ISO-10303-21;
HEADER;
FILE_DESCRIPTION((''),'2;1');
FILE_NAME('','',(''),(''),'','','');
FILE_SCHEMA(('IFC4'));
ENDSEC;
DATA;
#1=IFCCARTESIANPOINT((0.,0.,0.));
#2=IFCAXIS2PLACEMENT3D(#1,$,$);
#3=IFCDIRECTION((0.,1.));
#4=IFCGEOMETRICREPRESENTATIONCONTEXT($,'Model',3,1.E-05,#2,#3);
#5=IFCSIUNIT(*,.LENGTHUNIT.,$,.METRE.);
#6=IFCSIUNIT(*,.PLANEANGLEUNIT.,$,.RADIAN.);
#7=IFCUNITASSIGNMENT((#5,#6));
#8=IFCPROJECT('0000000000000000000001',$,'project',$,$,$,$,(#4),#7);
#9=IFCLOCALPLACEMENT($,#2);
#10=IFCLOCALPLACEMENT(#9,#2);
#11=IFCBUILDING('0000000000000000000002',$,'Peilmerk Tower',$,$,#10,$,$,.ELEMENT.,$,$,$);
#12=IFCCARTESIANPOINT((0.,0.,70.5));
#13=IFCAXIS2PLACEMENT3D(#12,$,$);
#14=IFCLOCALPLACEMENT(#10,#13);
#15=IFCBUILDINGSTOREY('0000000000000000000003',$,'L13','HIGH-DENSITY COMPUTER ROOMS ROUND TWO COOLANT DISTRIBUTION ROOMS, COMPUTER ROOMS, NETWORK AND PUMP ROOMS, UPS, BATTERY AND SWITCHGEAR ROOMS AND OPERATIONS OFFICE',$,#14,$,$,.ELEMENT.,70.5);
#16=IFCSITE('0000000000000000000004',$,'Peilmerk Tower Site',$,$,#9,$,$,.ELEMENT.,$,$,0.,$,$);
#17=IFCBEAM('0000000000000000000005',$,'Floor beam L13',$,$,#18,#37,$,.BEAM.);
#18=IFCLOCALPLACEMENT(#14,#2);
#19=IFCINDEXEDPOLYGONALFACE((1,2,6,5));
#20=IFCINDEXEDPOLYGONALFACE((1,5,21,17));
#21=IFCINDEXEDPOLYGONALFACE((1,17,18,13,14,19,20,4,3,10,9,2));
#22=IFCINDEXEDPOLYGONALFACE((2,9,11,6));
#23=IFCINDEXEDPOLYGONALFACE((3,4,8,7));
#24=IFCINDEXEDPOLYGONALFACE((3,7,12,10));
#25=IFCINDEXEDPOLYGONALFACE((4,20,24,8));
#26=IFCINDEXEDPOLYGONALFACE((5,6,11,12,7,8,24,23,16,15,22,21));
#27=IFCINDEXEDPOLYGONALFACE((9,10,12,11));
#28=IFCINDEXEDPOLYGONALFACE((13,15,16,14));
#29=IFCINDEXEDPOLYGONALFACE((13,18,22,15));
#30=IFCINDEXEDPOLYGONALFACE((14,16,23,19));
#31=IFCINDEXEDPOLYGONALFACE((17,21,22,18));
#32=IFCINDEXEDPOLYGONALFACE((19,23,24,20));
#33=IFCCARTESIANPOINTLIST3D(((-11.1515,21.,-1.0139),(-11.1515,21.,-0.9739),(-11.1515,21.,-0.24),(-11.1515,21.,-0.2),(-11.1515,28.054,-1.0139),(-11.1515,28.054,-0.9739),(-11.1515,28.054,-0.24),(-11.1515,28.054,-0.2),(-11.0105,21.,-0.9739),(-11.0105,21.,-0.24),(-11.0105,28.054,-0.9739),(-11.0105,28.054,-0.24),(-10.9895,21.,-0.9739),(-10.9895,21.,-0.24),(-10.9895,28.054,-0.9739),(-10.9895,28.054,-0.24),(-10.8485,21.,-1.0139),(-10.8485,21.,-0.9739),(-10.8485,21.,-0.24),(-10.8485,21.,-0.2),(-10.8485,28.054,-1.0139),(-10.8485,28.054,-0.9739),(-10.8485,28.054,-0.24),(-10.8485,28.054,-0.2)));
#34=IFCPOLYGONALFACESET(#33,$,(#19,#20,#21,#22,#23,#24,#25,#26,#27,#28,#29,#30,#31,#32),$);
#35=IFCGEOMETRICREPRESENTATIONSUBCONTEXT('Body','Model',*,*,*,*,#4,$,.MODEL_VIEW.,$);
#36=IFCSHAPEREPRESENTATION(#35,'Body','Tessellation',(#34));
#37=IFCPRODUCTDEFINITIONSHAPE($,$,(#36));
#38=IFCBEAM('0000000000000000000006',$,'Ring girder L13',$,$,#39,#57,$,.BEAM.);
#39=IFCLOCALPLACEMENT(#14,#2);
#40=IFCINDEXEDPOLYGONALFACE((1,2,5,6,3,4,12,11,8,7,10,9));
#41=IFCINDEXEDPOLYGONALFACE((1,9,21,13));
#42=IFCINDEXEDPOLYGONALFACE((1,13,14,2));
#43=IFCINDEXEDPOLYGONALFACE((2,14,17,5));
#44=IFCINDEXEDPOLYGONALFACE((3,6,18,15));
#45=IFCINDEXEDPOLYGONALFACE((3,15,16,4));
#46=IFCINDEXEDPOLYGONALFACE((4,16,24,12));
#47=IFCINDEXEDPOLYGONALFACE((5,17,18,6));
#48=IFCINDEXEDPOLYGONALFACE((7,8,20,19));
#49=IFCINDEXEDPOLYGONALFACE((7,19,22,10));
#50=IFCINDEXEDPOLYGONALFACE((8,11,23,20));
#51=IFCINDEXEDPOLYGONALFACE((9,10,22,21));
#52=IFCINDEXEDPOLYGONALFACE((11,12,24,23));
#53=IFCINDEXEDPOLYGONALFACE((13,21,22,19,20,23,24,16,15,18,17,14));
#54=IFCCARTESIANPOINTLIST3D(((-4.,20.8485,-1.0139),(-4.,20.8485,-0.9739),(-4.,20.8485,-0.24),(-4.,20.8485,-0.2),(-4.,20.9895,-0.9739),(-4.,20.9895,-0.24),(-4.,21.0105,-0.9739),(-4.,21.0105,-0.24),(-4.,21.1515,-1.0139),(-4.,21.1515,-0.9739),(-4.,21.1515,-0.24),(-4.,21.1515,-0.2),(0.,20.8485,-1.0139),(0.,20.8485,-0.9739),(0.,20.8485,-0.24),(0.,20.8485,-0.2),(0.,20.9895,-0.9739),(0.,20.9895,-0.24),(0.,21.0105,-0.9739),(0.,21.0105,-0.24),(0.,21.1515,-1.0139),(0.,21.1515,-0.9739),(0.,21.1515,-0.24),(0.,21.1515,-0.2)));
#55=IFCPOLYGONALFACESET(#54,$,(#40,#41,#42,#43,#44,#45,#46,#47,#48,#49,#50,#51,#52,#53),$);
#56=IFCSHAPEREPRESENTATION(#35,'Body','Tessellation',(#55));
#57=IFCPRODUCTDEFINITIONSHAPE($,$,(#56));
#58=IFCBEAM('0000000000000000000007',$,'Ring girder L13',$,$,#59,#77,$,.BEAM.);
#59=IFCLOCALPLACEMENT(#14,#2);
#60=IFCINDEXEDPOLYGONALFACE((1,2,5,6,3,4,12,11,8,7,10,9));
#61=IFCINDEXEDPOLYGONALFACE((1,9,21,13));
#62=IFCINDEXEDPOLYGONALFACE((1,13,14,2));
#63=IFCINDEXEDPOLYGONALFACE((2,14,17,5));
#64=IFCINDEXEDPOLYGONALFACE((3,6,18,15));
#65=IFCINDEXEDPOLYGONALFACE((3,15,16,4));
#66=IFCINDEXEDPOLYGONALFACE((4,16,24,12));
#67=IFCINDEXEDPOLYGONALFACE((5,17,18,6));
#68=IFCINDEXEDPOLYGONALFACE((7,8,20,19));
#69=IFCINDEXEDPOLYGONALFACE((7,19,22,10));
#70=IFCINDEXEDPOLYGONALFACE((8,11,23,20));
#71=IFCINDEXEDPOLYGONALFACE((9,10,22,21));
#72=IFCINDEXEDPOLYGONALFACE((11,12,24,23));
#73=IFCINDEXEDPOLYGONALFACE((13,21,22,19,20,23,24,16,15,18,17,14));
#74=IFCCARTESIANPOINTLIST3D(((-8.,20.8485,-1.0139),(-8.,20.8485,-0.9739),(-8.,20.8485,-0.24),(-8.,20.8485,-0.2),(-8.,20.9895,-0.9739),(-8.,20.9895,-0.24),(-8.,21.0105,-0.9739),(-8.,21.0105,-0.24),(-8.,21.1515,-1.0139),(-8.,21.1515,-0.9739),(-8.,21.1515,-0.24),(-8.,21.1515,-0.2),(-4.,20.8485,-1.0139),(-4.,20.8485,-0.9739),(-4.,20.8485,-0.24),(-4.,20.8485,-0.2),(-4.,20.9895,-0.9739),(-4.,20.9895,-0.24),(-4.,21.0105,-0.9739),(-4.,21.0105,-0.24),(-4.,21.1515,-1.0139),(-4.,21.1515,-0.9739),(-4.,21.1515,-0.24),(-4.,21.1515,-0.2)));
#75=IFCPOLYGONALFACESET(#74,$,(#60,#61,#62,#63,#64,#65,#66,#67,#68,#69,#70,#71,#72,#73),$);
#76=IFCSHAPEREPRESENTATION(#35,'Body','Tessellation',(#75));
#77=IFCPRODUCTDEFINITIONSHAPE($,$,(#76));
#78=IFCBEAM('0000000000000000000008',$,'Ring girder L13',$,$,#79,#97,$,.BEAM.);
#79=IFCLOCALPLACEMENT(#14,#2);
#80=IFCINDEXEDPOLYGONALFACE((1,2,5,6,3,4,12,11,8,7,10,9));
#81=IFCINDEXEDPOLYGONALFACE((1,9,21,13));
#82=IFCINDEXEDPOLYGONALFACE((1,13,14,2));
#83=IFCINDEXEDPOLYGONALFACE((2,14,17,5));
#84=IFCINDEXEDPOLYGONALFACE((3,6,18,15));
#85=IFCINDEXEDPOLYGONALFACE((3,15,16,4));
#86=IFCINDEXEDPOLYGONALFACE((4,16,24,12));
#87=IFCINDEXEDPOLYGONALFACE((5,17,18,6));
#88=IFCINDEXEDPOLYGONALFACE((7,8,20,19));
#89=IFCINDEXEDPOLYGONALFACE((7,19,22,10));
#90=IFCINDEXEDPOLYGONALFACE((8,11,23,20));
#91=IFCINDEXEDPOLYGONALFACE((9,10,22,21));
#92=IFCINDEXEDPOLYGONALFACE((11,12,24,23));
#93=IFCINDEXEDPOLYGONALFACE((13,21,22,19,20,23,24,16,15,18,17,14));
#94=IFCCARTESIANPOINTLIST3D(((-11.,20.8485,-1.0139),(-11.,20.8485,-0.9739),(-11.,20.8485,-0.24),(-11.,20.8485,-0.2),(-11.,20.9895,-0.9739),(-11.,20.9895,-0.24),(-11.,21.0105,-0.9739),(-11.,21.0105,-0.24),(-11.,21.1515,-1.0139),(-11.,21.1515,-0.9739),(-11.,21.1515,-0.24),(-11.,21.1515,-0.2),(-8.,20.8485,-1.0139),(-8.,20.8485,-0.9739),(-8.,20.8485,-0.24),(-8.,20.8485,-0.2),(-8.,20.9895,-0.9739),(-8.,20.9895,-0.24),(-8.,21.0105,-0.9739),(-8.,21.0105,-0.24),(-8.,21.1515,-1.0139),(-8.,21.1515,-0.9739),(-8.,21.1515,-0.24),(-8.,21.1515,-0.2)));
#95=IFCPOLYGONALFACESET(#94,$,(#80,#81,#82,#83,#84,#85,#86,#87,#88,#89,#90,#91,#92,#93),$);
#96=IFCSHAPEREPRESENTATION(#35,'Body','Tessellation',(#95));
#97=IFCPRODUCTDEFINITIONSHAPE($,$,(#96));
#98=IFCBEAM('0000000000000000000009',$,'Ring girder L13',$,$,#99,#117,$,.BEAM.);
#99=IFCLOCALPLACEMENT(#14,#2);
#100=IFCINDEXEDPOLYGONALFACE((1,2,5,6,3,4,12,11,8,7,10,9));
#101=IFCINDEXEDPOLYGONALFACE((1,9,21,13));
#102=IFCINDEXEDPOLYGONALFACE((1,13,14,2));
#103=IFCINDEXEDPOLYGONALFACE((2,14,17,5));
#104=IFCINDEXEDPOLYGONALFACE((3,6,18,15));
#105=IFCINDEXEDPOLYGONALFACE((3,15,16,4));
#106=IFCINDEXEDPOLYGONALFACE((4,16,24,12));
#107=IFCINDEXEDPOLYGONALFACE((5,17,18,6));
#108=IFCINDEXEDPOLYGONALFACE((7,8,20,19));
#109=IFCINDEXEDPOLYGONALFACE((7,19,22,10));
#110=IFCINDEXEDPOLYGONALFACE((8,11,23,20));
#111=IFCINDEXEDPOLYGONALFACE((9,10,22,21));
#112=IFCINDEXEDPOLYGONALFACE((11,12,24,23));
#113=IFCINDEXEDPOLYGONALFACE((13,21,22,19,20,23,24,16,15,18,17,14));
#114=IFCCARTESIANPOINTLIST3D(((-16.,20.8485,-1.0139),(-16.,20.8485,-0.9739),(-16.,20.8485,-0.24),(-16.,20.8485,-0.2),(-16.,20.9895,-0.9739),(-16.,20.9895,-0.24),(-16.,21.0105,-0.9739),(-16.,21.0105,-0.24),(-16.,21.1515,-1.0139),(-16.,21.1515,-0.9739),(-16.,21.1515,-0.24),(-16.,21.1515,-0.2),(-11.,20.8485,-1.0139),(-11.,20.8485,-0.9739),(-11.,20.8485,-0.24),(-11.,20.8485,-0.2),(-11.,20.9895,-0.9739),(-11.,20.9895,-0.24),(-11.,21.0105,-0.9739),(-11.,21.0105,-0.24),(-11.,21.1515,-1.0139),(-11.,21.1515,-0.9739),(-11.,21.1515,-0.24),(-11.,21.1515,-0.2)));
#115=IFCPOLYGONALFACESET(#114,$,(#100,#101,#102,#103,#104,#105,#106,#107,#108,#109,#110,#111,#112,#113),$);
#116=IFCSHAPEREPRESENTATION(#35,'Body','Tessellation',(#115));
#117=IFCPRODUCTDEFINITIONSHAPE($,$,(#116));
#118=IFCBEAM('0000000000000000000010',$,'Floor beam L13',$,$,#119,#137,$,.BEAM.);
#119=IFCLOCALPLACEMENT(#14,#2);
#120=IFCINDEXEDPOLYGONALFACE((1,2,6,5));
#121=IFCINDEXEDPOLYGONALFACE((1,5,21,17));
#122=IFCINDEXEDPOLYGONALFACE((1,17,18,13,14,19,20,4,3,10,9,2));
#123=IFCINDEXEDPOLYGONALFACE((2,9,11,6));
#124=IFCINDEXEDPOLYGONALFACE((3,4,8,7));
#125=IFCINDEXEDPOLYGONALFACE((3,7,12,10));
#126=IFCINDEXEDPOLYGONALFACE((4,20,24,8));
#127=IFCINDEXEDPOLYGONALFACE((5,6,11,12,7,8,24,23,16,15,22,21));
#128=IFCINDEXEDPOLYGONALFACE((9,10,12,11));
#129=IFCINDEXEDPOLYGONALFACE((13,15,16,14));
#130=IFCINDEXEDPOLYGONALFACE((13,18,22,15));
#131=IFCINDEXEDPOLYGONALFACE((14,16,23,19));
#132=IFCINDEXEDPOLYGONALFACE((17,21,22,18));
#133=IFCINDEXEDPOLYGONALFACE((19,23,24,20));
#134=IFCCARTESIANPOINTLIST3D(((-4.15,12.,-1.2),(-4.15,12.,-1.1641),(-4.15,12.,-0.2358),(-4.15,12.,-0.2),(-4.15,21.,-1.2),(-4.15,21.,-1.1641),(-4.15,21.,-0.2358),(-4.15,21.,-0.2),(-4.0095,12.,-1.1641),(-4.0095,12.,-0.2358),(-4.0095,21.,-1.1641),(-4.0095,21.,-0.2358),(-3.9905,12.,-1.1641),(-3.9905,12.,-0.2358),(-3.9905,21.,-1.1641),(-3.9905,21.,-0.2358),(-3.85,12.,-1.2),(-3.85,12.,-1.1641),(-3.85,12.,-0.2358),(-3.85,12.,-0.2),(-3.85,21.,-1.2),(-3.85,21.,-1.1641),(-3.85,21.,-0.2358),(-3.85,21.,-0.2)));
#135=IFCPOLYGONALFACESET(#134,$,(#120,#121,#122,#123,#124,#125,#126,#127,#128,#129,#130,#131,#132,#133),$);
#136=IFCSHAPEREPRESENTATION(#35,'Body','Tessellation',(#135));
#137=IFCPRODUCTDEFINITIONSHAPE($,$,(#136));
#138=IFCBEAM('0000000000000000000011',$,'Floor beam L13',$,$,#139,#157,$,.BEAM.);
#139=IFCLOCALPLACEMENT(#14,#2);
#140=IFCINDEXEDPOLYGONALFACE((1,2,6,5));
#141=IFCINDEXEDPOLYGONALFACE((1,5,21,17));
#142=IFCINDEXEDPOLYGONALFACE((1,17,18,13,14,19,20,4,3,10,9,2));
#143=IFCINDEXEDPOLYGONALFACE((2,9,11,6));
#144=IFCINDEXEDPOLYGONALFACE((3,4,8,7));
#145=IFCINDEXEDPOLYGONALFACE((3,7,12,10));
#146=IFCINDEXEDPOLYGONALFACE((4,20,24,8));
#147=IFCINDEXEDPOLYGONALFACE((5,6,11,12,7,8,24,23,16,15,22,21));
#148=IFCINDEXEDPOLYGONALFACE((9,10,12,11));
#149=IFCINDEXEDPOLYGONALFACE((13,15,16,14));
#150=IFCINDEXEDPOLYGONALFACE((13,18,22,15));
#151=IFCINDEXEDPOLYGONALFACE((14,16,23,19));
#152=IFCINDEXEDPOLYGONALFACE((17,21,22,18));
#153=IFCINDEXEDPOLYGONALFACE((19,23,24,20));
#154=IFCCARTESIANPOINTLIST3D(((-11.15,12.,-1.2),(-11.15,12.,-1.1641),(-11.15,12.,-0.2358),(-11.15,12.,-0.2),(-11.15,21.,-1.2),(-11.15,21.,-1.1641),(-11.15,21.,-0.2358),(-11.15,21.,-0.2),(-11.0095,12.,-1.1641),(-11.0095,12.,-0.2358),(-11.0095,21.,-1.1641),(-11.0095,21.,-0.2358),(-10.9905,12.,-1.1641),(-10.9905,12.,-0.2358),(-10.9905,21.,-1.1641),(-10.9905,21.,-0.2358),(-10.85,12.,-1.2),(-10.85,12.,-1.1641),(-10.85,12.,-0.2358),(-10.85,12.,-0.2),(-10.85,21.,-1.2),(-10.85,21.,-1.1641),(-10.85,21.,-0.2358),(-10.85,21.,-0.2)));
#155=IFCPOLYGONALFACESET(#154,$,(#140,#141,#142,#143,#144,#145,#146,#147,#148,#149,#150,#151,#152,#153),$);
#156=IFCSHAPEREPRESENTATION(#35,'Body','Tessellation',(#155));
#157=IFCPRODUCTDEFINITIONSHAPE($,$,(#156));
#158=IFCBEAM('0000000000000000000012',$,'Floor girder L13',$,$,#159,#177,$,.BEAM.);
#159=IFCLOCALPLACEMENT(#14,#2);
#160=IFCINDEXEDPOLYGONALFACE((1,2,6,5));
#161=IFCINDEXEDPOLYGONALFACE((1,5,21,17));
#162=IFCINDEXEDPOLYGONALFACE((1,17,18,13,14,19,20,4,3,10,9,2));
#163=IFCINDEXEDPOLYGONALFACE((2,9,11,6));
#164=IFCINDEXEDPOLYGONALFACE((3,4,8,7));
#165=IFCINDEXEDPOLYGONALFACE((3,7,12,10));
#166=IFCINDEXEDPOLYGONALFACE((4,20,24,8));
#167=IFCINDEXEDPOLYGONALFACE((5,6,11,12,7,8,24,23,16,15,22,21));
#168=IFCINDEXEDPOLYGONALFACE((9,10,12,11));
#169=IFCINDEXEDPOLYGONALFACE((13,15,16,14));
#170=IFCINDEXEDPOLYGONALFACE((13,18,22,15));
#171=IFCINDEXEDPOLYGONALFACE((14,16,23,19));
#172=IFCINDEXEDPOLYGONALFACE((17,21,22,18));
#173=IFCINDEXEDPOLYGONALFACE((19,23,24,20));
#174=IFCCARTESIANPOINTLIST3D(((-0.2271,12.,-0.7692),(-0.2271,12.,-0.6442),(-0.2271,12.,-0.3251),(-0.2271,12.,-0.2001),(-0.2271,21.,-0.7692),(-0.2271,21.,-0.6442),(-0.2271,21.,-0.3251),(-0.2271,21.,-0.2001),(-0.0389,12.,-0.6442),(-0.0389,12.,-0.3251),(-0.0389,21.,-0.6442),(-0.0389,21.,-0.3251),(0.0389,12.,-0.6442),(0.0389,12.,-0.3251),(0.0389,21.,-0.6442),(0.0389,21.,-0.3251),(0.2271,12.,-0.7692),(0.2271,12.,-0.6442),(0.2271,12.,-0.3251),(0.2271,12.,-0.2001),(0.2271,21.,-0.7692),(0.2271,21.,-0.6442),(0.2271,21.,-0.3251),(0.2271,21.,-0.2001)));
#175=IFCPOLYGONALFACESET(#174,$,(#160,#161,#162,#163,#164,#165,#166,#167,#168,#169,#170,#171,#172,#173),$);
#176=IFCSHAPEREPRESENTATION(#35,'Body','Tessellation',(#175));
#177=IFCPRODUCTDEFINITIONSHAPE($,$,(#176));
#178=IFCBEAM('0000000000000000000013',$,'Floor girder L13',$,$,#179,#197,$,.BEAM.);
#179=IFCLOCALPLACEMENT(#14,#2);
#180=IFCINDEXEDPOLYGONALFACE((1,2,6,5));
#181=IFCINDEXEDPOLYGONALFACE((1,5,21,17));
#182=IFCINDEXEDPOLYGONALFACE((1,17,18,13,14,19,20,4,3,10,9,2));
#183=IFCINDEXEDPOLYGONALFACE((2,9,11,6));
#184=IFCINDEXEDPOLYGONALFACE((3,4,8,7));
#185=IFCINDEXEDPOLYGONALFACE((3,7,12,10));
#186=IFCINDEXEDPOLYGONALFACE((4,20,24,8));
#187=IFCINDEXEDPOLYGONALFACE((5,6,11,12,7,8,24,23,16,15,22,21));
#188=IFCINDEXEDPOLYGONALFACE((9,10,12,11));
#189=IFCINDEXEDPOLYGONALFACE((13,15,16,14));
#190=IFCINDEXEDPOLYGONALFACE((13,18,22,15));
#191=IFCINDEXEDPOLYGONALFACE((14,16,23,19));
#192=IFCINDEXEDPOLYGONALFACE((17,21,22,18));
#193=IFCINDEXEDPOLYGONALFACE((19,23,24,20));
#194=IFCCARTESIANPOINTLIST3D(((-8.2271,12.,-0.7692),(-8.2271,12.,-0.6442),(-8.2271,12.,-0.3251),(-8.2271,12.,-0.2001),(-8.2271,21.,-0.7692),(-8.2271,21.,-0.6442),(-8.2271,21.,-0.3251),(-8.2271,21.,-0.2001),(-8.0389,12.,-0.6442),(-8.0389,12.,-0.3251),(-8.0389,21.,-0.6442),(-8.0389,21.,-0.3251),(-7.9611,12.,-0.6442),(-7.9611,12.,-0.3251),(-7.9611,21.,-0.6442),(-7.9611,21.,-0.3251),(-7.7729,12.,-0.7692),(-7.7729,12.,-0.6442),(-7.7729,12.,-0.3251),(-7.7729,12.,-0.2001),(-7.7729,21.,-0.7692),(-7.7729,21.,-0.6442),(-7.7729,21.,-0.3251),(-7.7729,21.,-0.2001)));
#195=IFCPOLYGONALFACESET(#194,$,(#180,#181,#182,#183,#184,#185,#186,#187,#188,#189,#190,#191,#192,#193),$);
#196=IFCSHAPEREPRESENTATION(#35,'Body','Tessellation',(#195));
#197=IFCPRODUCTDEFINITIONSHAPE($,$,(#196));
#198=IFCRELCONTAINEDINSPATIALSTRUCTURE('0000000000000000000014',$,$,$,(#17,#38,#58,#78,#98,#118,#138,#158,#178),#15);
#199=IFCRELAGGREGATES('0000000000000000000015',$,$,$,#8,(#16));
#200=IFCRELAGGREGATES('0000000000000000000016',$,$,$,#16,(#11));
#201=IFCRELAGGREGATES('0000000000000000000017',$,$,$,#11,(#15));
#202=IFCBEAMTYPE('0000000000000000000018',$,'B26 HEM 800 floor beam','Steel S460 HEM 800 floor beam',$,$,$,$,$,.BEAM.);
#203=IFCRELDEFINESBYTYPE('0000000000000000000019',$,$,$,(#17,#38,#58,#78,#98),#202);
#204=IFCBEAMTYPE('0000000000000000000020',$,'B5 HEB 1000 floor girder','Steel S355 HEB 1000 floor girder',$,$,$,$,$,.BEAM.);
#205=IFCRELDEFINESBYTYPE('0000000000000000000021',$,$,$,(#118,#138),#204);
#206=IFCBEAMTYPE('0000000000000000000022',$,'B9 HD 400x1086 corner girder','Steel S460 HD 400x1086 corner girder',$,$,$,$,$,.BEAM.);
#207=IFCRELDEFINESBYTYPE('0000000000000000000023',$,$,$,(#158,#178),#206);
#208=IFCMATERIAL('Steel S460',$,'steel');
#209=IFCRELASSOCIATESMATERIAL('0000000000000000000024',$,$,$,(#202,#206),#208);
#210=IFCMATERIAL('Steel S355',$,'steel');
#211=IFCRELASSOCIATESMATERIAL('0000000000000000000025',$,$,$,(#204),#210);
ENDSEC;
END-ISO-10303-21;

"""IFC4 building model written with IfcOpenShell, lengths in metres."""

from ifc_helpers import new_model, si_unit, direction, frame, origin, origin_2d, place, context, subcontext, project, spatial, i_section, extrude, material, material_profile, profile_set, type_object, element, save


model = new_model("IFC4")

# Units and contexts
model_context = context("Model", 3, precision=1e-05, world=origin(), true_north=direction((0.0, 1.0)))
body_context = subcontext(model_context, "Body", "Model", "MODEL_VIEW")
ifc_project = project(units=[si_unit("LENGTHUNIT", "METRE"), si_unit("PLANEANGLEUNIT", "RADIAN")], contexts=[model_context])

# Site, building, storey
site_placement = place(None, origin())
site = spatial("IfcSite", under=ifc_project, at=site_placement, Name="Peilmerk Tower Site", CompositionType="ELEMENT", RefElevation=0.0)
building_placement = place(site_placement, origin())
building = spatial("IfcBuilding", under=site, at=building_placement, Name="Peilmerk Tower", CompositionType="ELEMENT")
storey_placement = place(building_placement, frame((0.0, 0.0, 70.5)))
storey = spatial("IfcBuildingStorey", under=building, at=storey_placement, Name="L13", Description="HIGH-DENSITY COMPUTER ROOMS ROUND TWO COOLANT DISTRIBUTION ROOMS, COMPUTER ROOMS, NETWORK AND PUMP ROOMS, UPS, BATTERY AND SWITCHGEAR ROOMS AND OPERATIONS OFFICE", CompositionType="ELEMENT", Elevation=70.5)

# Beams
ifc_material_1 = material(Name="Steel S355", Category="steel")
ifc_material_2 = material(Name="Steel S460", Category="steel")
ifc_material_profile_1 = material_profile(ifc_material_2, i_section(OverallWidth=0.303, OverallDepth=0.814, WebThickness=0.021, FlangeThickness=0.04, at=origin_2d()), Name="HEM 800")
ifc_profile_set_1 = profile_set([ifc_material_profile_1], Name="Steel S460")
beam_type_1 = type_object("IfcBeamType", Name="B26 HEM 800 floor beam", Description="Steel S460 HEM 800 floor beam", PredefinedType="BEAM", material=ifc_profile_set_1)
for number, where, z_axis, x_axis, name in (
    (1, (-11.0, 21.0, -0.6069), (0.0, 1.0, 0.0), (-1.0, 0.0, 0.0), "Floor beam L13"),
):
    element("IfcBeam", number, at=place(storey_placement, frame(where, z_axis=z_axis, x_axis=x_axis)), inside=storey, type_object=beam_type_1, Name=name, PredefinedType="BEAM", context=body_context, shape_type="SweptSolid", body=[
        extrude(i_section(OverallWidth=0.303, OverallDepth=0.814, WebThickness=0.021, FlangeThickness=0.04, at=origin_2d()), origin(), (0.0, 0.0, 1.0), 7.054),
    ])
for number, where, z_axis, x_axis, name in (
    (2, (0.0, 21.0, -0.6069), (-1.0, 0.0, 0.0), (0.0, -1.0, 0.0), "Ring girder L13"),
    (3, (-4.0, 21.0, -0.6069), (-1.0, 0.0, 0.0), (0.0, -1.0, 0.0), "Ring girder L13"),
):
    element("IfcBeam", number, at=place(storey_placement, frame(where, z_axis=z_axis, x_axis=x_axis)), inside=storey, type_object=beam_type_1, Name=name, PredefinedType="BEAM", context=body_context, shape_type="SweptSolid", body=[
        extrude(i_section(OverallWidth=0.303, OverallDepth=0.814, WebThickness=0.021, FlangeThickness=0.04, at=origin_2d()), origin(), (0.0, 0.0, 1.0), 4.0),
    ])
beam_1_placement = place(storey_placement, frame((-8.0, 21.0, -0.6069), z_axis=(-1.0, 0.0, 0.0), x_axis=(0.0, -1.0, 0.0)))
element("IfcBeam", 4, at=beam_1_placement, inside=storey, type_object=beam_type_1, Name="Ring girder L13", PredefinedType="BEAM", context=body_context, shape_type="SweptSolid", body=[
    extrude(i_section(OverallWidth=0.303, OverallDepth=0.814, WebThickness=0.021, FlangeThickness=0.04, at=origin_2d()), origin(), (0.0, 0.0, 1.0), 3.0),
])
beam_2_placement = place(storey_placement, frame((-11.0, 21.0, -0.6069), z_axis=(-1.0, 0.0, 0.0), x_axis=(0.0, -1.0, 0.0)))
element("IfcBeam", 5, at=beam_2_placement, inside=storey, type_object=beam_type_1, Name="Ring girder L13", PredefinedType="BEAM", context=body_context, shape_type="SweptSolid", body=[
    extrude(i_section(OverallWidth=0.303, OverallDepth=0.814, WebThickness=0.021, FlangeThickness=0.04, at=origin_2d()), origin(), (0.0, 0.0, 1.0), 5.0),
])
ifc_material_profile_2 = material_profile(ifc_material_1, i_section(OverallWidth=0.3, OverallDepth=1.0, WebThickness=0.019, FlangeThickness=0.0359, at=origin_2d()), Name="HEB 1000")
ifc_profile_set_2 = profile_set([ifc_material_profile_2], Name="Steel S355")
beam_type_2 = type_object("IfcBeamType", Name="B5 HEB 1000 floor girder", Description="Steel S355 HEB 1000 floor girder", PredefinedType="BEAM", material=ifc_profile_set_2)
for number, where, z_axis, x_axis, name in (
    (6, (-4.0, 12.0, -0.7), (0.0, 1.0, 0.0), (-1.0, 0.0, 0.0), "Floor beam L13"),
    (7, (-11.0, 12.0, -0.7), (0.0, 1.0, 0.0), (-1.0, 0.0, 0.0), "Floor beam L13"),
):
    element("IfcBeam", number, at=place(storey_placement, frame(where, z_axis=z_axis, x_axis=x_axis)), inside=storey, type_object=beam_type_2, Name=name, PredefinedType="BEAM", context=body_context, shape_type="SweptSolid", body=[
        extrude(i_section(OverallWidth=0.3, OverallDepth=1.0, WebThickness=0.019, FlangeThickness=0.0359, at=origin_2d()), origin(), (0.0, 0.0, 1.0), 9.0),
    ])
ifc_material_profile_3 = material_profile(ifc_material_2, i_section(OverallWidth=0.4541, OverallDepth=0.5691, WebThickness=0.0779, FlangeThickness=0.125, at=origin_2d()), Name="HD 400x1086")
ifc_profile_set_3 = profile_set([ifc_material_profile_3], Name="Steel S460")
beam_type_3 = type_object("IfcBeamType", Name="B9 HD 400x1086 corner girder", Description="Steel S460 HD 400x1086 corner girder", PredefinedType="BEAM", material=ifc_profile_set_3)
for number, where, z_axis, x_axis, name in (
    (8, (0.0, 12.0, -0.4846), (0.0, 1.0, 0.0), (-1.0, 0.0, 0.0), "Floor girder L13"),
    (9, (-8.0, 12.0, -0.4846), (0.0, 1.0, 0.0), (-1.0, 0.0, 0.0), "Floor girder L13"),
):
    element("IfcBeam", number, at=place(storey_placement, frame(where, z_axis=z_axis, x_axis=x_axis)), inside=storey, type_object=beam_type_3, Name=name, PredefinedType="BEAM", context=body_context, shape_type="SweptSolid", body=[
        extrude(i_section(OverallWidth=0.4541, OverallDepth=0.5691, WebThickness=0.0779, FlangeThickness=0.125, at=origin_2d()), origin(), (0.0, 0.0, 1.0), 9.0),
    ])

save(model, "model.ifc")
